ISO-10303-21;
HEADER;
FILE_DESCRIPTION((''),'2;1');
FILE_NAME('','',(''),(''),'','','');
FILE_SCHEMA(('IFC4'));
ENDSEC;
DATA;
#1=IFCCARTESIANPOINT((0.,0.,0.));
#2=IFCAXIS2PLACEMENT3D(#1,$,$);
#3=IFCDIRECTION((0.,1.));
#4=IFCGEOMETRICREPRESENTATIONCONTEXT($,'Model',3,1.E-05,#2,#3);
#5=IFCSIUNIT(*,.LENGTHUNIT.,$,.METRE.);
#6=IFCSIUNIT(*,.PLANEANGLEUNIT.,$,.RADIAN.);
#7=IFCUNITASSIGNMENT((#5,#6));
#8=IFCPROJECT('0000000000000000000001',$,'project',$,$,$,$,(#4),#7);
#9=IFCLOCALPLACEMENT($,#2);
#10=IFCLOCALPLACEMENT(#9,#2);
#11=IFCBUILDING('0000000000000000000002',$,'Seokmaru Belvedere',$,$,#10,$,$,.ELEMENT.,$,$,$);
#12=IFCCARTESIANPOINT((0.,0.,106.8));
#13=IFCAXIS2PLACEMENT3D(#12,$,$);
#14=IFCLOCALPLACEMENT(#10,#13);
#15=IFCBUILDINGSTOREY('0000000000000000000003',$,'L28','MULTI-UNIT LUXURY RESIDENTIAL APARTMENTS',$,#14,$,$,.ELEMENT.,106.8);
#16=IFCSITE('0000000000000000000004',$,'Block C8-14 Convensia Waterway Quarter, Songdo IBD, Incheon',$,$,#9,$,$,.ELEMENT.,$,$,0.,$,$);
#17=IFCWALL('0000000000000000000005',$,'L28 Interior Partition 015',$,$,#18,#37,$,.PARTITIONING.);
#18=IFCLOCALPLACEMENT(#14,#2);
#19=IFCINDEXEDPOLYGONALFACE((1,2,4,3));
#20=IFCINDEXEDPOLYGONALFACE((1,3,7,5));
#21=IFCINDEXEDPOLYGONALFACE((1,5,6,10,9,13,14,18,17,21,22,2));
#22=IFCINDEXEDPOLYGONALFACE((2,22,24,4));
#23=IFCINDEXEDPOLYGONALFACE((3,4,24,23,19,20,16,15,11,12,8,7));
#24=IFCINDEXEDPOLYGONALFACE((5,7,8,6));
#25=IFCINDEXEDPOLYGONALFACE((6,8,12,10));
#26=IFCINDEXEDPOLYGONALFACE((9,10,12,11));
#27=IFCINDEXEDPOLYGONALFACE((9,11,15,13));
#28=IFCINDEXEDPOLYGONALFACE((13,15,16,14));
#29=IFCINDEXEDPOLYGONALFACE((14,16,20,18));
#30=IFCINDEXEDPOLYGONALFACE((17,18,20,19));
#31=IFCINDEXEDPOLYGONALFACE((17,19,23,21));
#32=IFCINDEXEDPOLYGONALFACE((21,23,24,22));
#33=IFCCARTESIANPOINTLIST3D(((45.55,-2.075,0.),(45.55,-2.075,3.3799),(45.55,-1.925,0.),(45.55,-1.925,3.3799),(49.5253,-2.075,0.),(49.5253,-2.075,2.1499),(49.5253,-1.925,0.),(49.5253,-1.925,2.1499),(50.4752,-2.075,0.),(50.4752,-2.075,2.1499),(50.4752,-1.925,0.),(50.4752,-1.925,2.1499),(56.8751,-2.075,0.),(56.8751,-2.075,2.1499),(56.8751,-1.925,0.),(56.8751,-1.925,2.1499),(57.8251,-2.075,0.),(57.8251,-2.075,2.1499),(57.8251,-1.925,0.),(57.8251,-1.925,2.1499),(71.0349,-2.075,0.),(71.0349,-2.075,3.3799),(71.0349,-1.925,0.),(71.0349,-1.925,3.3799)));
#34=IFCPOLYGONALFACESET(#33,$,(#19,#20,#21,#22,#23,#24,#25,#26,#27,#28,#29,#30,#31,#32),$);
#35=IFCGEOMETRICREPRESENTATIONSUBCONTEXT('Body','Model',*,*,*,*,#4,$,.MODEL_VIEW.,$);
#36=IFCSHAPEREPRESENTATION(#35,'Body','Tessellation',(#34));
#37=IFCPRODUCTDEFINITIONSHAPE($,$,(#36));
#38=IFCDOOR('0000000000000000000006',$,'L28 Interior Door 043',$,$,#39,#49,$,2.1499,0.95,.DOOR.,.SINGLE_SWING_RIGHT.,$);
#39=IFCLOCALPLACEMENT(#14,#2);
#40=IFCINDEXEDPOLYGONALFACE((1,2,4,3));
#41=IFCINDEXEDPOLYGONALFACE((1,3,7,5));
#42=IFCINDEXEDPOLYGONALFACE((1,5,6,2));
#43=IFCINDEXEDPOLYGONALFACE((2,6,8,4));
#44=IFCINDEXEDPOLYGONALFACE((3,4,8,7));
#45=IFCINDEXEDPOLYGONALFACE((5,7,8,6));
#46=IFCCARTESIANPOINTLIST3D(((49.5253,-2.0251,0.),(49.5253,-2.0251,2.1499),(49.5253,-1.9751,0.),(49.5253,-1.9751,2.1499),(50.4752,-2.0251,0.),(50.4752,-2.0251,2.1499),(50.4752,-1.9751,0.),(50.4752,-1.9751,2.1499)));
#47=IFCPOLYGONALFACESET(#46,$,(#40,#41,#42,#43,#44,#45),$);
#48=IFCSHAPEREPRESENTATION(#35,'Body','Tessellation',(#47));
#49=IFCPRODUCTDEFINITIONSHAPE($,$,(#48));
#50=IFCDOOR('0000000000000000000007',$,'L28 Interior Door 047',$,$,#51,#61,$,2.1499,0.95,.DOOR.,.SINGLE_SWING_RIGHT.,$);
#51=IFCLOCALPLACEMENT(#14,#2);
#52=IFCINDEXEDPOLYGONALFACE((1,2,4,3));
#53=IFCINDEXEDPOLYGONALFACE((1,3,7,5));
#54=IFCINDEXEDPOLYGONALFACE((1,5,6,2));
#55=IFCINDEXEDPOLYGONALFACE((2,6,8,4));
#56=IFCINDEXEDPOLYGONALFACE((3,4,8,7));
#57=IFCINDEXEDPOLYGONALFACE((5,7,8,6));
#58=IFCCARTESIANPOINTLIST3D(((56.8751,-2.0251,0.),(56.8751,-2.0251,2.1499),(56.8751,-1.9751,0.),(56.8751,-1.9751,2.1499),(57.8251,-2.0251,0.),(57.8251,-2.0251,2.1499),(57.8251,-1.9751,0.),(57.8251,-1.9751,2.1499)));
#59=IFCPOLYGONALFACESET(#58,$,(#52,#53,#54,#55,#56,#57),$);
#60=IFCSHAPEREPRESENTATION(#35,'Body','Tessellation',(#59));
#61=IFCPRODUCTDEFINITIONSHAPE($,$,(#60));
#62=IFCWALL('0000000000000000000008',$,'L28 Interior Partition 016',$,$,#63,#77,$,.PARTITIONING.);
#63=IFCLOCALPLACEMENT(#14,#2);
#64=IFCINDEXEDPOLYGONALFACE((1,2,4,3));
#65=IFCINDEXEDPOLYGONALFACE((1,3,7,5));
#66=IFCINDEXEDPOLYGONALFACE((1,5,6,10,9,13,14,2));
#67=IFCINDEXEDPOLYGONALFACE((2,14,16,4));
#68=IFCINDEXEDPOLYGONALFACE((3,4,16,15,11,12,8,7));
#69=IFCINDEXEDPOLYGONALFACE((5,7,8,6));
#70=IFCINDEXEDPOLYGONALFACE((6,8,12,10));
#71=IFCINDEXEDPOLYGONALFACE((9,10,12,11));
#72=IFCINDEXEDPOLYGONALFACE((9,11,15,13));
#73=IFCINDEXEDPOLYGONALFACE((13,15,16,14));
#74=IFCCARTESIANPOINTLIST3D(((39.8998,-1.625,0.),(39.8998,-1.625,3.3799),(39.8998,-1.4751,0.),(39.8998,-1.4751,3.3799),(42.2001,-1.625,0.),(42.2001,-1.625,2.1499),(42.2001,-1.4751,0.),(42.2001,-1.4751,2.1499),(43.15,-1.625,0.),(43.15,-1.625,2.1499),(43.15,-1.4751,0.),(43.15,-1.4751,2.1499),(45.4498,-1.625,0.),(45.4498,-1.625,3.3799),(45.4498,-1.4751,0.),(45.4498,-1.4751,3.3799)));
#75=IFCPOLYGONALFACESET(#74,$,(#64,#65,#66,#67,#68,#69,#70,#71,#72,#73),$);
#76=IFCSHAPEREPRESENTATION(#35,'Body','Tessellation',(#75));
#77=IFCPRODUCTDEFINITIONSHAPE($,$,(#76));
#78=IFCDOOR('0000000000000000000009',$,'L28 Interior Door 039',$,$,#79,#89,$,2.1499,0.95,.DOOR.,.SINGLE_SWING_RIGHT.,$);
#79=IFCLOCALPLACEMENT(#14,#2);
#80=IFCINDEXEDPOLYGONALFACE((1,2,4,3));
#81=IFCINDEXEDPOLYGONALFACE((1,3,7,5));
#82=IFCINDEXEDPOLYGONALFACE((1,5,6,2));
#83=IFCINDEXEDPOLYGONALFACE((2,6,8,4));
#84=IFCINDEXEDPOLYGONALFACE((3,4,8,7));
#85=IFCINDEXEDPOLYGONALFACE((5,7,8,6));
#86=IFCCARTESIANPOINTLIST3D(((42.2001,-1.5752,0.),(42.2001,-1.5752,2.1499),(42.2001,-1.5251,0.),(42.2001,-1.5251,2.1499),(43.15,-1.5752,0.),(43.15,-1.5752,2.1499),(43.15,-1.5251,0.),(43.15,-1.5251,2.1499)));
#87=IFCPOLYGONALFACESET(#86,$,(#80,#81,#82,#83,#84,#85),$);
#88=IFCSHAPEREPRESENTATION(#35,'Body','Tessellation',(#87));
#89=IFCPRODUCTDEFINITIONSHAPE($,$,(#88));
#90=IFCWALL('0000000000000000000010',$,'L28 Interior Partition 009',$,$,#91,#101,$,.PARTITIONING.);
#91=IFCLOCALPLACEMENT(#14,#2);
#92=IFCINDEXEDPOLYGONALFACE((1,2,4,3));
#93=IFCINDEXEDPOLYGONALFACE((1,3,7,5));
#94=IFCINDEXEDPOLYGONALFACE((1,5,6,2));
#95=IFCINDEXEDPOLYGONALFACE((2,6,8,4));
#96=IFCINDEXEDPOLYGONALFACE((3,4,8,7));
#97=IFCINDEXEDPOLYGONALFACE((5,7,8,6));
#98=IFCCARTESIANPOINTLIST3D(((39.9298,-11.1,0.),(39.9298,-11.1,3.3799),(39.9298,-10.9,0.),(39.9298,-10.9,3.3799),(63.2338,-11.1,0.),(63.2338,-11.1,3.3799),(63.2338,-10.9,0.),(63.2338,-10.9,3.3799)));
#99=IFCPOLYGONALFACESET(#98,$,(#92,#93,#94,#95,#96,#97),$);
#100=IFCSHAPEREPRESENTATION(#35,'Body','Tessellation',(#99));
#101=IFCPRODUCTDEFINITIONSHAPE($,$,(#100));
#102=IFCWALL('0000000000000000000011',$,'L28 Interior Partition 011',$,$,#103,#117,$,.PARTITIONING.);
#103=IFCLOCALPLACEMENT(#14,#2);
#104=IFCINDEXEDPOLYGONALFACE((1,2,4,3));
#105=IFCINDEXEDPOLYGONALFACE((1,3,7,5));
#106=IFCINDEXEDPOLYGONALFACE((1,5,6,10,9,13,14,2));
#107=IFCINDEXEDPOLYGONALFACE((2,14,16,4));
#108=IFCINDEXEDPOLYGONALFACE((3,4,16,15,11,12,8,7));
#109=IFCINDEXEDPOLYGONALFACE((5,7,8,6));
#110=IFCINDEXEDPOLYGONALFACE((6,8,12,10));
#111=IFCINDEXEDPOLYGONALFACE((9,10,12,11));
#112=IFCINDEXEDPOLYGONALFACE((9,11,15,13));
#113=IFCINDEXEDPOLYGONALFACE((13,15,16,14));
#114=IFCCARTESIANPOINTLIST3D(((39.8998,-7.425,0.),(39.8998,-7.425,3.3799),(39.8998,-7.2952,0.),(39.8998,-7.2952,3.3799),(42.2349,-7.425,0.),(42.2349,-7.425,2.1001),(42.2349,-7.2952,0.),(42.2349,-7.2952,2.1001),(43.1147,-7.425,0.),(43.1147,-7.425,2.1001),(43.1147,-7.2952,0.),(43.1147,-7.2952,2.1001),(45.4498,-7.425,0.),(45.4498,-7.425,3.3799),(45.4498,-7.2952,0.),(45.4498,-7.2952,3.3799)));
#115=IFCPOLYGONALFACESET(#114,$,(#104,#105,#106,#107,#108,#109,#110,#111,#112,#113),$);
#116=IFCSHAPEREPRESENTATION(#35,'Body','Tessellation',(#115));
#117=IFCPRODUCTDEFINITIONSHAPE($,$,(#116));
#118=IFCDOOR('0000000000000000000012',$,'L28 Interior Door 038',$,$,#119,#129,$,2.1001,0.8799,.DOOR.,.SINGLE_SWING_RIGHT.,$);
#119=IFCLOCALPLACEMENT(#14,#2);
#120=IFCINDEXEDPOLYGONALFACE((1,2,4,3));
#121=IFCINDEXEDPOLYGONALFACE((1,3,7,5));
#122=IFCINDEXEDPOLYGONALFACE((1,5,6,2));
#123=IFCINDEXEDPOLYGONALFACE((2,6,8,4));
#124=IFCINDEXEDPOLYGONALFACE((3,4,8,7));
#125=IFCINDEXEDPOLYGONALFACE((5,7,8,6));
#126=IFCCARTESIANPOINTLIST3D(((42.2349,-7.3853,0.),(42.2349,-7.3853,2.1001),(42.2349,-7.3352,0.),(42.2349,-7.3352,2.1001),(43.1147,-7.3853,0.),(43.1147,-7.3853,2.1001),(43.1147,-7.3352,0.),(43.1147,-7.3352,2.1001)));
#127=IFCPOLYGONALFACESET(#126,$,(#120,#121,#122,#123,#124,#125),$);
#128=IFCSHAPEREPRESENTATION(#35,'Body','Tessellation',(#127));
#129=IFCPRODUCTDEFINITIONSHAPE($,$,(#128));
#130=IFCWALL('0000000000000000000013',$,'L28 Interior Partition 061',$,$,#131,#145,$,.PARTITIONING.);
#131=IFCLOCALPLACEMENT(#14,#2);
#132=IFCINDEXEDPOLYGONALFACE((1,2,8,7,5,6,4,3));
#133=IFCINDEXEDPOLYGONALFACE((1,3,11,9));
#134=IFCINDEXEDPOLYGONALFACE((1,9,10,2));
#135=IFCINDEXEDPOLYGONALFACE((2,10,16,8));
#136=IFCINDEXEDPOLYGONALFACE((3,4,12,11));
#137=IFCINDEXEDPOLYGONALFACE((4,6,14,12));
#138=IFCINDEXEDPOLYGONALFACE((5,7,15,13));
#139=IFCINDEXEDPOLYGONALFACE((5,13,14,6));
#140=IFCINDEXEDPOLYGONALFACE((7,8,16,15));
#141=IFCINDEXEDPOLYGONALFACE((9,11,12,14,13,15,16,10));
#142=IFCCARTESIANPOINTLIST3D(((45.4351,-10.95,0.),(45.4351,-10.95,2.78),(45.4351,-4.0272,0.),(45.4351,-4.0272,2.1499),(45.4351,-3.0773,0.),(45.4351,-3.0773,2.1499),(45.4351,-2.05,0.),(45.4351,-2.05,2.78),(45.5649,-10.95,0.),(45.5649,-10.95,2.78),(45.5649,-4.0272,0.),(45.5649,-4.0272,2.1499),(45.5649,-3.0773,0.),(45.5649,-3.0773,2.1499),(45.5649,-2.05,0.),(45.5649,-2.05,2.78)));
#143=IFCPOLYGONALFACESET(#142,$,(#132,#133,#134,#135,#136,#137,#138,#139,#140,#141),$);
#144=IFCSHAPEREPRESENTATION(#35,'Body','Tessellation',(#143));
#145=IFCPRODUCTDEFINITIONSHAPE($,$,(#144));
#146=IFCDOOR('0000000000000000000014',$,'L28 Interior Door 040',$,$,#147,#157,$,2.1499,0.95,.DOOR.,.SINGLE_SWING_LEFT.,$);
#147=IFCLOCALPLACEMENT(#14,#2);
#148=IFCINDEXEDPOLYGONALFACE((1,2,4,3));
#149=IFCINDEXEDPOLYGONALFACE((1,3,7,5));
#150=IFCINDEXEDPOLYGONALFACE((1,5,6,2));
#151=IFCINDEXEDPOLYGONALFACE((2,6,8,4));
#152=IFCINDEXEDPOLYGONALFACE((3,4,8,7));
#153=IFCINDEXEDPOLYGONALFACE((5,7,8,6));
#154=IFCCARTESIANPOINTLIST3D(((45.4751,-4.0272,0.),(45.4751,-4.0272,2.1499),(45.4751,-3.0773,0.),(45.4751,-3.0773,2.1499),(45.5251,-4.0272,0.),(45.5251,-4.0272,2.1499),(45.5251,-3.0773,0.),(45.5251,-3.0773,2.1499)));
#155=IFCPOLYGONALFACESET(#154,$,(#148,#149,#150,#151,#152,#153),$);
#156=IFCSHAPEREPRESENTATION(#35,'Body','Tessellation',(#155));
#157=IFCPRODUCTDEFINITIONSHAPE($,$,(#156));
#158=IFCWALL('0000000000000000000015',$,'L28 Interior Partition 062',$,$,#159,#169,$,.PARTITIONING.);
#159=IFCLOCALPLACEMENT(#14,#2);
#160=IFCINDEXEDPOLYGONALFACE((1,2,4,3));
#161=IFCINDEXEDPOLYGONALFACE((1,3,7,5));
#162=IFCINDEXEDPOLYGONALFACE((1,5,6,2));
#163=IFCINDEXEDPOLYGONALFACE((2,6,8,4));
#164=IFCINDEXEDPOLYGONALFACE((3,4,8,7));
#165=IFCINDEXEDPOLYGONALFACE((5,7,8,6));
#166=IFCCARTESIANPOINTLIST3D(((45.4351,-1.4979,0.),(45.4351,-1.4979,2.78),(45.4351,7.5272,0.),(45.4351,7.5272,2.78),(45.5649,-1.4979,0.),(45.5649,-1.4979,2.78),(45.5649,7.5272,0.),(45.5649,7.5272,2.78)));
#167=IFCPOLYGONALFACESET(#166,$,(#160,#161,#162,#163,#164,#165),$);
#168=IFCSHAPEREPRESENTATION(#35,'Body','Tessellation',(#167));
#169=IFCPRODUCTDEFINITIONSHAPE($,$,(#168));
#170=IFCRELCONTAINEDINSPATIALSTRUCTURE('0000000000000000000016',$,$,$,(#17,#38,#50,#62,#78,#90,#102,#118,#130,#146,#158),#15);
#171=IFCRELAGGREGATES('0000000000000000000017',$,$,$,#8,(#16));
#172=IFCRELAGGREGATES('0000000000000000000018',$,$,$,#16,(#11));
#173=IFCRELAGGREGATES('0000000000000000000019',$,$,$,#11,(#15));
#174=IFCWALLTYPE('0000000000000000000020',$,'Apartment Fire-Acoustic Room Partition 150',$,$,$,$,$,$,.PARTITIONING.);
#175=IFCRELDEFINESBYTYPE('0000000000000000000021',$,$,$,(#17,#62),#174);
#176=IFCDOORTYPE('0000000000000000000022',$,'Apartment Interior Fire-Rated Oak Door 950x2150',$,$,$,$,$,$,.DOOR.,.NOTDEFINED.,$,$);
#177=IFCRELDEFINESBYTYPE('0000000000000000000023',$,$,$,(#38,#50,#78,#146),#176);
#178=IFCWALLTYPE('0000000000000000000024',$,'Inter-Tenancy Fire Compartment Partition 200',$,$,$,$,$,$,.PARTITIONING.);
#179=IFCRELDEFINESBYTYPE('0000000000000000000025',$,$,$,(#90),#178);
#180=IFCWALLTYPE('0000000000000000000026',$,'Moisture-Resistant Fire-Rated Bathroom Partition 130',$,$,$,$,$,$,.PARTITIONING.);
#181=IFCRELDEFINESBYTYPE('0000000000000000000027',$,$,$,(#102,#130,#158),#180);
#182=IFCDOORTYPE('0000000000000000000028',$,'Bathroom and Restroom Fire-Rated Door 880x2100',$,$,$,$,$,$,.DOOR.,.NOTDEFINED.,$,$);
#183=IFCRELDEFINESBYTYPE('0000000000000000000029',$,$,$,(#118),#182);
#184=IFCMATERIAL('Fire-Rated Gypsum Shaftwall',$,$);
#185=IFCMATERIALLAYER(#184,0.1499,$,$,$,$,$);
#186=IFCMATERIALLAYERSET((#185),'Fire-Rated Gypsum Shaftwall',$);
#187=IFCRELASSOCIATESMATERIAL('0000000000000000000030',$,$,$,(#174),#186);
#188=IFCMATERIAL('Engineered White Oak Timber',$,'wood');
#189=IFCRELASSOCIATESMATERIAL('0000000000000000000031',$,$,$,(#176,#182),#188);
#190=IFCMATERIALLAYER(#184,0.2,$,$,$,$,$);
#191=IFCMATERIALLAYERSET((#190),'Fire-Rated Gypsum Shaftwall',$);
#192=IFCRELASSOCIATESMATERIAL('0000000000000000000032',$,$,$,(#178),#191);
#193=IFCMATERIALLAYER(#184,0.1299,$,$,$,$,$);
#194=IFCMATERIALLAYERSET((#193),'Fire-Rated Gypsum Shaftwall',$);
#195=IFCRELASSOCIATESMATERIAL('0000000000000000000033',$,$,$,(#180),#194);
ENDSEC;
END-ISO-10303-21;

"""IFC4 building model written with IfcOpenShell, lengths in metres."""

from ifc_helpers import new_model, si_unit, direction, frame, frame_2d, origin, place, context, subcontext, project, spatial, rectangle, extrude, source, transform, mapped, material, layer, layer_set, type_object, type_shapes, element, fill, save


model = new_model("IFC4")

# Units and contexts
model_context = context("Model", 3, precision=1e-05, world=origin(), true_north=direction((0.0, 1.0)))
body_context = subcontext(model_context, "Body", "Model", "MODEL_VIEW")
ifc_project = project(units=[si_unit("LENGTHUNIT", "METRE"), si_unit("PLANEANGLEUNIT", "RADIAN")], contexts=[model_context])

# Site, building, storey
site_placement = place(None, origin())
site = spatial("IfcSite", under=ifc_project, at=site_placement, Name="Block C8-14 Convensia Waterway Quarter, Songdo IBD, Incheon", CompositionType="ELEMENT", RefElevation=0.0)
building_placement = place(site_placement, origin())
building = spatial("IfcBuilding", under=site, at=building_placement, Name="Seokmaru Belvedere", CompositionType="ELEMENT")
storey_placement = place(building_placement, frame((0.0, 0.0, 106.8)))
storey = spatial("IfcBuildingStorey", under=building, at=storey_placement, Name="L28", Description="MULTI-UNIT LUXURY RESIDENTIAL APARTMENTS", CompositionType="ELEMENT", Elevation=106.8)

# Wall, openings, doors
ifc_material_1 = material(Name="Fire-Rated Gypsum Shaftwall")
ifc_layer_1 = layer(ifc_material_1, 0.1499)
ifc_layer_set_1 = layer_set([ifc_layer_1], Name="Fire-Rated Gypsum Shaftwall")
wall_type_1 = type_object("IfcWallType", Name="Apartment Fire-Acoustic Room Partition 150", PredefinedType="PARTITIONING", material=ifc_layer_set_1)
ifc_material_2 = material(Name="Engineered White Oak Timber", Category="wood")
door_type_1 = type_object("IfcDoorType", Name="Apartment Interior Fire-Rated Oak Door 950x2150", OperationType="NOTDEFINED", PredefinedType="DOOR", material=ifc_material_2)
shared_shape_1 = source(origin(), body_context, "Body", "SweptSolid", [
    extrude(rectangle(XDim=0.95, YDim=2.1499, at=frame_2d((0.4751, 1.075))), frame((0.0, 0.0249, 0.0), z_axis=(0.0, -1.0, 0.0), x_axis=(1.0, 0.0, 0.0)), (0.0, 0.0, 1.0), 0.05),
])
type_shapes(door_type_1, [shared_shape_1])
wall_1_placement = place(storey_placement, frame((45.55, -2.0, 0.0), z_axis=(0.0, 0.0, 1.0), x_axis=(1.0, 0.0, 0.0)))
wall_1 = element("IfcWall", 1, at=wall_1_placement, inside=storey, type_object=wall_type_1, Name="L28 Interior Partition 015", PredefinedType="PARTITIONING", context=body_context, shape_type="SweptSolid", body=[
    extrude(rectangle(XDim=25.4849, YDim=0.1499, at=frame_2d((12.7424, 0.0))), origin(), (0.0, 0.0, 1.0), 3.3799),
])
opening_1_placement = place(wall_1_placement, frame((3.9751, 0.0, 0.0)))
opening_1 = element("IfcOpeningElement", 2, at=opening_1_placement, cuts=wall_1, PredefinedType="OPENING", context=body_context, shape_type="SweptSolid", body=[
    extrude(rectangle(XDim=0.95, YDim=2.1499, at=frame_2d((0.4751, 1.075))), frame((0.0, 0.085, 0.0), z_axis=(0.0, -1.0, 0.0), x_axis=(1.0, 0.0, 0.0)), (0.0, 0.0, 1.0), 0.1699),
])
opening_2_placement = place(wall_1_placement, frame((11.325, 0.0, 0.0)))
opening_2 = element("IfcOpeningElement", 3, at=opening_2_placement, cuts=wall_1, PredefinedType="OPENING", context=body_context, shape_type="SweptSolid", body=[
    extrude(rectangle(XDim=0.95, YDim=2.1499, at=frame_2d((0.4751, 1.075))), frame((0.0, 0.085, 0.0), z_axis=(0.0, -1.0, 0.0), x_axis=(1.0, 0.0, 0.0)), (0.0, 0.0, 1.0), 0.1699),
])
door_1_placement = place(opening_1_placement, origin())
door_1 = element("IfcDoor", 4, at=door_1_placement, inside=storey, type_object=door_type_1, Name="L28 Interior Door 043", OperationType="SINGLE_SWING_RIGHT", OverallHeight=2.1499, OverallWidth=0.95, PredefinedType="DOOR", context=body_context, shape_type="MappedRepresentation", body=[
    mapped(shared_shape_1, transform((0.0, 0.0, 0.0), scale=1.0)),
])
fill(opening_1, door_1)
door_2_placement = place(opening_2_placement, origin())
door_2 = element("IfcDoor", 5, at=door_2_placement, inside=storey, type_object=door_type_1, Name="L28 Interior Door 047", OperationType="SINGLE_SWING_RIGHT", OverallHeight=2.1499, OverallWidth=0.95, PredefinedType="DOOR", context=body_context, shape_type="MappedRepresentation", body=[
    mapped(shared_shape_1, transform((0.0, 0.0, 0.0), scale=1.0)),
])
fill(opening_2, door_2)

# Wall, opening, door
wall_2_placement = place(storey_placement, frame((39.8999, -1.55, 0.0), z_axis=(0.0, 0.0, 1.0), x_axis=(1.0, 0.0, 0.0)))
wall_2 = element("IfcWall", 6, at=wall_2_placement, inside=storey, type_object=wall_type_1, Name="L28 Interior Partition 016", PredefinedType="PARTITIONING", context=body_context, shape_type="SweptSolid", body=[
    extrude(rectangle(XDim=5.55, YDim=0.1499, at=frame_2d((2.7749, 0.0))), origin(), (0.0, 0.0, 1.0), 3.3799),
])
opening_3_placement = place(wall_2_placement, frame((2.3, 0.0, 0.0)))
opening_3 = element("IfcOpeningElement", 7, at=opening_3_placement, cuts=wall_2, PredefinedType="OPENING", context=body_context, shape_type="SweptSolid", body=[
    extrude(rectangle(XDim=0.95, YDim=2.1499, at=frame_2d((0.4751, 1.075))), frame((0.0, 0.085, 0.0), z_axis=(0.0, -1.0, 0.0), x_axis=(1.0, 0.0, 0.0)), (0.0, 0.0, 1.0), 0.1699),
])
door_3_placement = place(opening_3_placement, origin())
door_3 = element("IfcDoor", 8, at=door_3_placement, inside=storey, type_object=door_type_1, Name="L28 Interior Door 039", OperationType="SINGLE_SWING_RIGHT", OverallHeight=2.1499, OverallWidth=0.95, PredefinedType="DOOR", context=body_context, shape_type="MappedRepresentation", body=[
    mapped(shared_shape_1, transform((0.0, 0.0, 0.0), scale=1.0)),
])
fill(opening_3, door_3)

# Wall
ifc_layer_2 = layer(ifc_material_1, 0.2)
ifc_layer_set_2 = layer_set([ifc_layer_2], Name="Fire-Rated Gypsum Shaftwall")
wall_type_2 = type_object("IfcWallType", Name="Inter-Tenancy Fire Compartment Partition 200", PredefinedType="PARTITIONING", material=ifc_layer_set_2)
wall_3_placement = place(storey_placement, frame((39.9299, -11.0, 0.0), z_axis=(0.0, 0.0, 1.0), x_axis=(1.0, 0.0, 0.0)))
element("IfcWall", 9, at=wall_3_placement, inside=storey, type_object=wall_type_2, Name="L28 Interior Partition 009", PredefinedType="PARTITIONING", context=body_context, shape_type="SweptSolid", body=[
    extrude(rectangle(XDim=23.304, YDim=0.2, at=frame_2d((11.6519, 0.0))), origin(), (0.0, 0.0, 1.0), 3.3799),
])

# Walls, openings, doors
ifc_layer_3 = layer(ifc_material_1, 0.1299)
ifc_layer_set_3 = layer_set([ifc_layer_3], Name="Fire-Rated Gypsum Shaftwall")
wall_type_3 = type_object("IfcWallType", Name="Moisture-Resistant Fire-Rated Bathroom Partition 130", PredefinedType="PARTITIONING", material=ifc_layer_set_3)
wall_4_placement = place(storey_placement, frame((39.8999, -7.3601, 0.0), z_axis=(0.0, 0.0, 1.0), x_axis=(1.0, 0.0, 0.0)))
wall_4 = element("IfcWall", 10, at=wall_4_placement, inside=storey, type_object=wall_type_3, Name="L28 Interior Partition 011", PredefinedType="PARTITIONING", context=body_context, shape_type="SweptSolid", body=[
    extrude(rectangle(XDim=5.55, YDim=0.1299, at=frame_2d((2.7749, 0.0))), origin(), (0.0, 0.0, 1.0), 3.3799),
])
opening_4_placement = place(wall_4_placement, frame((2.335, 0.0, 0.0)))
opening_4 = element("IfcOpeningElement", 11, at=opening_4_placement, cuts=wall_4, PredefinedType="OPENING", context=body_context, shape_type="SweptSolid", body=[
    extrude(rectangle(XDim=0.8799, YDim=2.1001, at=frame_2d((0.4399, 1.05))), frame((0.0, 0.075, 0.0), z_axis=(0.0, -1.0, 0.0), x_axis=(1.0, 0.0, 0.0)), (0.0, 0.0, 1.0), 0.1499),
])
door_type_2 = type_object("IfcDoorType", Name="Bathroom and Restroom Fire-Rated Door 880x2100", OperationType="NOTDEFINED", PredefinedType="DOOR", material=ifc_material_2)
shared_shape_2 = source(origin(), body_context, "Body", "SweptSolid", [
    extrude(rectangle(XDim=0.8799, YDim=2.1001, at=frame_2d((0.4399, 1.05))), frame((0.0, 0.0249, 0.0), z_axis=(0.0, -1.0, 0.0), x_axis=(1.0, 0.0, 0.0)), (0.0, 0.0, 1.0), 0.05),
])
type_shapes(door_type_2, [shared_shape_2])
door_4_placement = place(opening_4_placement, origin())
door_4 = element("IfcDoor", 12, at=door_4_placement, inside=storey, type_object=door_type_2, Name="L28 Interior Door 038", OperationType="SINGLE_SWING_RIGHT", OverallHeight=2.1001, OverallWidth=0.8799, PredefinedType="DOOR", context=body_context, shape_type="MappedRepresentation", body=[
    mapped(shared_shape_2, transform((0.0, 0.0, 0.0), scale=1.0)),
])
fill(opening_4, door_4)
wall_5_placement = place(storey_placement, frame((45.5, -10.95, 0.0), z_axis=(0.0, 0.0, 1.0), x_axis=(0.0, 1.0, 0.0)))
wall_5 = element("IfcWall", 13, at=wall_5_placement, inside=storey, type_object=wall_type_3, Name="L28 Interior Partition 061", PredefinedType="PARTITIONING", context=body_context, shape_type="SweptSolid", body=[
    extrude(rectangle(XDim=8.8999, YDim=0.1299, at=frame_2d((4.45, 0.0))), origin(), (0.0, 0.0, 1.0), 2.78),
])
opening_5_placement = place(wall_5_placement, frame((6.9226, 0.0, 0.0)))
opening_5 = element("IfcOpeningElement", 14, at=opening_5_placement, cuts=wall_5, PredefinedType="OPENING", context=body_context, shape_type="SweptSolid", body=[
    extrude(rectangle(XDim=0.95, YDim=2.1499, at=frame_2d((0.4751, 1.075))), frame((0.0, 0.075, 0.0), z_axis=(0.0, -1.0, 0.0), x_axis=(1.0, 0.0, 0.0)), (0.0, 0.0, 1.0), 0.1499),
])
door_5_placement = place(opening_5_placement, origin())
door_5 = element("IfcDoor", 15, at=door_5_placement, inside=storey, type_object=door_type_1, Name="L28 Interior Door 040", OperationType="SINGLE_SWING_LEFT", OverallHeight=2.1499, OverallWidth=0.95, PredefinedType="DOOR", context=body_context, shape_type="MappedRepresentation", body=[
    mapped(shared_shape_1, transform((0.0, 0.0, 0.0), scale=1.0)),
])
fill(opening_5, door_5)

# Wall
wall_6_placement = place(storey_placement, frame((45.5, -1.498, 0.0), z_axis=(0.0, 0.0, 1.0), x_axis=(0.0, 1.0, 0.0)))
element("IfcWall", 16, at=wall_6_placement, inside=storey, type_object=wall_type_3, Name="L28 Interior Partition 062", PredefinedType="PARTITIONING", context=body_context, shape_type="SweptSolid", body=[
    extrude(rectangle(XDim=9.0251, YDim=0.1299, at=frame_2d((4.5127, 0.0))), origin(), (0.0, 0.0, 1.0), 2.78),
])

save(model, "model.ifc")
